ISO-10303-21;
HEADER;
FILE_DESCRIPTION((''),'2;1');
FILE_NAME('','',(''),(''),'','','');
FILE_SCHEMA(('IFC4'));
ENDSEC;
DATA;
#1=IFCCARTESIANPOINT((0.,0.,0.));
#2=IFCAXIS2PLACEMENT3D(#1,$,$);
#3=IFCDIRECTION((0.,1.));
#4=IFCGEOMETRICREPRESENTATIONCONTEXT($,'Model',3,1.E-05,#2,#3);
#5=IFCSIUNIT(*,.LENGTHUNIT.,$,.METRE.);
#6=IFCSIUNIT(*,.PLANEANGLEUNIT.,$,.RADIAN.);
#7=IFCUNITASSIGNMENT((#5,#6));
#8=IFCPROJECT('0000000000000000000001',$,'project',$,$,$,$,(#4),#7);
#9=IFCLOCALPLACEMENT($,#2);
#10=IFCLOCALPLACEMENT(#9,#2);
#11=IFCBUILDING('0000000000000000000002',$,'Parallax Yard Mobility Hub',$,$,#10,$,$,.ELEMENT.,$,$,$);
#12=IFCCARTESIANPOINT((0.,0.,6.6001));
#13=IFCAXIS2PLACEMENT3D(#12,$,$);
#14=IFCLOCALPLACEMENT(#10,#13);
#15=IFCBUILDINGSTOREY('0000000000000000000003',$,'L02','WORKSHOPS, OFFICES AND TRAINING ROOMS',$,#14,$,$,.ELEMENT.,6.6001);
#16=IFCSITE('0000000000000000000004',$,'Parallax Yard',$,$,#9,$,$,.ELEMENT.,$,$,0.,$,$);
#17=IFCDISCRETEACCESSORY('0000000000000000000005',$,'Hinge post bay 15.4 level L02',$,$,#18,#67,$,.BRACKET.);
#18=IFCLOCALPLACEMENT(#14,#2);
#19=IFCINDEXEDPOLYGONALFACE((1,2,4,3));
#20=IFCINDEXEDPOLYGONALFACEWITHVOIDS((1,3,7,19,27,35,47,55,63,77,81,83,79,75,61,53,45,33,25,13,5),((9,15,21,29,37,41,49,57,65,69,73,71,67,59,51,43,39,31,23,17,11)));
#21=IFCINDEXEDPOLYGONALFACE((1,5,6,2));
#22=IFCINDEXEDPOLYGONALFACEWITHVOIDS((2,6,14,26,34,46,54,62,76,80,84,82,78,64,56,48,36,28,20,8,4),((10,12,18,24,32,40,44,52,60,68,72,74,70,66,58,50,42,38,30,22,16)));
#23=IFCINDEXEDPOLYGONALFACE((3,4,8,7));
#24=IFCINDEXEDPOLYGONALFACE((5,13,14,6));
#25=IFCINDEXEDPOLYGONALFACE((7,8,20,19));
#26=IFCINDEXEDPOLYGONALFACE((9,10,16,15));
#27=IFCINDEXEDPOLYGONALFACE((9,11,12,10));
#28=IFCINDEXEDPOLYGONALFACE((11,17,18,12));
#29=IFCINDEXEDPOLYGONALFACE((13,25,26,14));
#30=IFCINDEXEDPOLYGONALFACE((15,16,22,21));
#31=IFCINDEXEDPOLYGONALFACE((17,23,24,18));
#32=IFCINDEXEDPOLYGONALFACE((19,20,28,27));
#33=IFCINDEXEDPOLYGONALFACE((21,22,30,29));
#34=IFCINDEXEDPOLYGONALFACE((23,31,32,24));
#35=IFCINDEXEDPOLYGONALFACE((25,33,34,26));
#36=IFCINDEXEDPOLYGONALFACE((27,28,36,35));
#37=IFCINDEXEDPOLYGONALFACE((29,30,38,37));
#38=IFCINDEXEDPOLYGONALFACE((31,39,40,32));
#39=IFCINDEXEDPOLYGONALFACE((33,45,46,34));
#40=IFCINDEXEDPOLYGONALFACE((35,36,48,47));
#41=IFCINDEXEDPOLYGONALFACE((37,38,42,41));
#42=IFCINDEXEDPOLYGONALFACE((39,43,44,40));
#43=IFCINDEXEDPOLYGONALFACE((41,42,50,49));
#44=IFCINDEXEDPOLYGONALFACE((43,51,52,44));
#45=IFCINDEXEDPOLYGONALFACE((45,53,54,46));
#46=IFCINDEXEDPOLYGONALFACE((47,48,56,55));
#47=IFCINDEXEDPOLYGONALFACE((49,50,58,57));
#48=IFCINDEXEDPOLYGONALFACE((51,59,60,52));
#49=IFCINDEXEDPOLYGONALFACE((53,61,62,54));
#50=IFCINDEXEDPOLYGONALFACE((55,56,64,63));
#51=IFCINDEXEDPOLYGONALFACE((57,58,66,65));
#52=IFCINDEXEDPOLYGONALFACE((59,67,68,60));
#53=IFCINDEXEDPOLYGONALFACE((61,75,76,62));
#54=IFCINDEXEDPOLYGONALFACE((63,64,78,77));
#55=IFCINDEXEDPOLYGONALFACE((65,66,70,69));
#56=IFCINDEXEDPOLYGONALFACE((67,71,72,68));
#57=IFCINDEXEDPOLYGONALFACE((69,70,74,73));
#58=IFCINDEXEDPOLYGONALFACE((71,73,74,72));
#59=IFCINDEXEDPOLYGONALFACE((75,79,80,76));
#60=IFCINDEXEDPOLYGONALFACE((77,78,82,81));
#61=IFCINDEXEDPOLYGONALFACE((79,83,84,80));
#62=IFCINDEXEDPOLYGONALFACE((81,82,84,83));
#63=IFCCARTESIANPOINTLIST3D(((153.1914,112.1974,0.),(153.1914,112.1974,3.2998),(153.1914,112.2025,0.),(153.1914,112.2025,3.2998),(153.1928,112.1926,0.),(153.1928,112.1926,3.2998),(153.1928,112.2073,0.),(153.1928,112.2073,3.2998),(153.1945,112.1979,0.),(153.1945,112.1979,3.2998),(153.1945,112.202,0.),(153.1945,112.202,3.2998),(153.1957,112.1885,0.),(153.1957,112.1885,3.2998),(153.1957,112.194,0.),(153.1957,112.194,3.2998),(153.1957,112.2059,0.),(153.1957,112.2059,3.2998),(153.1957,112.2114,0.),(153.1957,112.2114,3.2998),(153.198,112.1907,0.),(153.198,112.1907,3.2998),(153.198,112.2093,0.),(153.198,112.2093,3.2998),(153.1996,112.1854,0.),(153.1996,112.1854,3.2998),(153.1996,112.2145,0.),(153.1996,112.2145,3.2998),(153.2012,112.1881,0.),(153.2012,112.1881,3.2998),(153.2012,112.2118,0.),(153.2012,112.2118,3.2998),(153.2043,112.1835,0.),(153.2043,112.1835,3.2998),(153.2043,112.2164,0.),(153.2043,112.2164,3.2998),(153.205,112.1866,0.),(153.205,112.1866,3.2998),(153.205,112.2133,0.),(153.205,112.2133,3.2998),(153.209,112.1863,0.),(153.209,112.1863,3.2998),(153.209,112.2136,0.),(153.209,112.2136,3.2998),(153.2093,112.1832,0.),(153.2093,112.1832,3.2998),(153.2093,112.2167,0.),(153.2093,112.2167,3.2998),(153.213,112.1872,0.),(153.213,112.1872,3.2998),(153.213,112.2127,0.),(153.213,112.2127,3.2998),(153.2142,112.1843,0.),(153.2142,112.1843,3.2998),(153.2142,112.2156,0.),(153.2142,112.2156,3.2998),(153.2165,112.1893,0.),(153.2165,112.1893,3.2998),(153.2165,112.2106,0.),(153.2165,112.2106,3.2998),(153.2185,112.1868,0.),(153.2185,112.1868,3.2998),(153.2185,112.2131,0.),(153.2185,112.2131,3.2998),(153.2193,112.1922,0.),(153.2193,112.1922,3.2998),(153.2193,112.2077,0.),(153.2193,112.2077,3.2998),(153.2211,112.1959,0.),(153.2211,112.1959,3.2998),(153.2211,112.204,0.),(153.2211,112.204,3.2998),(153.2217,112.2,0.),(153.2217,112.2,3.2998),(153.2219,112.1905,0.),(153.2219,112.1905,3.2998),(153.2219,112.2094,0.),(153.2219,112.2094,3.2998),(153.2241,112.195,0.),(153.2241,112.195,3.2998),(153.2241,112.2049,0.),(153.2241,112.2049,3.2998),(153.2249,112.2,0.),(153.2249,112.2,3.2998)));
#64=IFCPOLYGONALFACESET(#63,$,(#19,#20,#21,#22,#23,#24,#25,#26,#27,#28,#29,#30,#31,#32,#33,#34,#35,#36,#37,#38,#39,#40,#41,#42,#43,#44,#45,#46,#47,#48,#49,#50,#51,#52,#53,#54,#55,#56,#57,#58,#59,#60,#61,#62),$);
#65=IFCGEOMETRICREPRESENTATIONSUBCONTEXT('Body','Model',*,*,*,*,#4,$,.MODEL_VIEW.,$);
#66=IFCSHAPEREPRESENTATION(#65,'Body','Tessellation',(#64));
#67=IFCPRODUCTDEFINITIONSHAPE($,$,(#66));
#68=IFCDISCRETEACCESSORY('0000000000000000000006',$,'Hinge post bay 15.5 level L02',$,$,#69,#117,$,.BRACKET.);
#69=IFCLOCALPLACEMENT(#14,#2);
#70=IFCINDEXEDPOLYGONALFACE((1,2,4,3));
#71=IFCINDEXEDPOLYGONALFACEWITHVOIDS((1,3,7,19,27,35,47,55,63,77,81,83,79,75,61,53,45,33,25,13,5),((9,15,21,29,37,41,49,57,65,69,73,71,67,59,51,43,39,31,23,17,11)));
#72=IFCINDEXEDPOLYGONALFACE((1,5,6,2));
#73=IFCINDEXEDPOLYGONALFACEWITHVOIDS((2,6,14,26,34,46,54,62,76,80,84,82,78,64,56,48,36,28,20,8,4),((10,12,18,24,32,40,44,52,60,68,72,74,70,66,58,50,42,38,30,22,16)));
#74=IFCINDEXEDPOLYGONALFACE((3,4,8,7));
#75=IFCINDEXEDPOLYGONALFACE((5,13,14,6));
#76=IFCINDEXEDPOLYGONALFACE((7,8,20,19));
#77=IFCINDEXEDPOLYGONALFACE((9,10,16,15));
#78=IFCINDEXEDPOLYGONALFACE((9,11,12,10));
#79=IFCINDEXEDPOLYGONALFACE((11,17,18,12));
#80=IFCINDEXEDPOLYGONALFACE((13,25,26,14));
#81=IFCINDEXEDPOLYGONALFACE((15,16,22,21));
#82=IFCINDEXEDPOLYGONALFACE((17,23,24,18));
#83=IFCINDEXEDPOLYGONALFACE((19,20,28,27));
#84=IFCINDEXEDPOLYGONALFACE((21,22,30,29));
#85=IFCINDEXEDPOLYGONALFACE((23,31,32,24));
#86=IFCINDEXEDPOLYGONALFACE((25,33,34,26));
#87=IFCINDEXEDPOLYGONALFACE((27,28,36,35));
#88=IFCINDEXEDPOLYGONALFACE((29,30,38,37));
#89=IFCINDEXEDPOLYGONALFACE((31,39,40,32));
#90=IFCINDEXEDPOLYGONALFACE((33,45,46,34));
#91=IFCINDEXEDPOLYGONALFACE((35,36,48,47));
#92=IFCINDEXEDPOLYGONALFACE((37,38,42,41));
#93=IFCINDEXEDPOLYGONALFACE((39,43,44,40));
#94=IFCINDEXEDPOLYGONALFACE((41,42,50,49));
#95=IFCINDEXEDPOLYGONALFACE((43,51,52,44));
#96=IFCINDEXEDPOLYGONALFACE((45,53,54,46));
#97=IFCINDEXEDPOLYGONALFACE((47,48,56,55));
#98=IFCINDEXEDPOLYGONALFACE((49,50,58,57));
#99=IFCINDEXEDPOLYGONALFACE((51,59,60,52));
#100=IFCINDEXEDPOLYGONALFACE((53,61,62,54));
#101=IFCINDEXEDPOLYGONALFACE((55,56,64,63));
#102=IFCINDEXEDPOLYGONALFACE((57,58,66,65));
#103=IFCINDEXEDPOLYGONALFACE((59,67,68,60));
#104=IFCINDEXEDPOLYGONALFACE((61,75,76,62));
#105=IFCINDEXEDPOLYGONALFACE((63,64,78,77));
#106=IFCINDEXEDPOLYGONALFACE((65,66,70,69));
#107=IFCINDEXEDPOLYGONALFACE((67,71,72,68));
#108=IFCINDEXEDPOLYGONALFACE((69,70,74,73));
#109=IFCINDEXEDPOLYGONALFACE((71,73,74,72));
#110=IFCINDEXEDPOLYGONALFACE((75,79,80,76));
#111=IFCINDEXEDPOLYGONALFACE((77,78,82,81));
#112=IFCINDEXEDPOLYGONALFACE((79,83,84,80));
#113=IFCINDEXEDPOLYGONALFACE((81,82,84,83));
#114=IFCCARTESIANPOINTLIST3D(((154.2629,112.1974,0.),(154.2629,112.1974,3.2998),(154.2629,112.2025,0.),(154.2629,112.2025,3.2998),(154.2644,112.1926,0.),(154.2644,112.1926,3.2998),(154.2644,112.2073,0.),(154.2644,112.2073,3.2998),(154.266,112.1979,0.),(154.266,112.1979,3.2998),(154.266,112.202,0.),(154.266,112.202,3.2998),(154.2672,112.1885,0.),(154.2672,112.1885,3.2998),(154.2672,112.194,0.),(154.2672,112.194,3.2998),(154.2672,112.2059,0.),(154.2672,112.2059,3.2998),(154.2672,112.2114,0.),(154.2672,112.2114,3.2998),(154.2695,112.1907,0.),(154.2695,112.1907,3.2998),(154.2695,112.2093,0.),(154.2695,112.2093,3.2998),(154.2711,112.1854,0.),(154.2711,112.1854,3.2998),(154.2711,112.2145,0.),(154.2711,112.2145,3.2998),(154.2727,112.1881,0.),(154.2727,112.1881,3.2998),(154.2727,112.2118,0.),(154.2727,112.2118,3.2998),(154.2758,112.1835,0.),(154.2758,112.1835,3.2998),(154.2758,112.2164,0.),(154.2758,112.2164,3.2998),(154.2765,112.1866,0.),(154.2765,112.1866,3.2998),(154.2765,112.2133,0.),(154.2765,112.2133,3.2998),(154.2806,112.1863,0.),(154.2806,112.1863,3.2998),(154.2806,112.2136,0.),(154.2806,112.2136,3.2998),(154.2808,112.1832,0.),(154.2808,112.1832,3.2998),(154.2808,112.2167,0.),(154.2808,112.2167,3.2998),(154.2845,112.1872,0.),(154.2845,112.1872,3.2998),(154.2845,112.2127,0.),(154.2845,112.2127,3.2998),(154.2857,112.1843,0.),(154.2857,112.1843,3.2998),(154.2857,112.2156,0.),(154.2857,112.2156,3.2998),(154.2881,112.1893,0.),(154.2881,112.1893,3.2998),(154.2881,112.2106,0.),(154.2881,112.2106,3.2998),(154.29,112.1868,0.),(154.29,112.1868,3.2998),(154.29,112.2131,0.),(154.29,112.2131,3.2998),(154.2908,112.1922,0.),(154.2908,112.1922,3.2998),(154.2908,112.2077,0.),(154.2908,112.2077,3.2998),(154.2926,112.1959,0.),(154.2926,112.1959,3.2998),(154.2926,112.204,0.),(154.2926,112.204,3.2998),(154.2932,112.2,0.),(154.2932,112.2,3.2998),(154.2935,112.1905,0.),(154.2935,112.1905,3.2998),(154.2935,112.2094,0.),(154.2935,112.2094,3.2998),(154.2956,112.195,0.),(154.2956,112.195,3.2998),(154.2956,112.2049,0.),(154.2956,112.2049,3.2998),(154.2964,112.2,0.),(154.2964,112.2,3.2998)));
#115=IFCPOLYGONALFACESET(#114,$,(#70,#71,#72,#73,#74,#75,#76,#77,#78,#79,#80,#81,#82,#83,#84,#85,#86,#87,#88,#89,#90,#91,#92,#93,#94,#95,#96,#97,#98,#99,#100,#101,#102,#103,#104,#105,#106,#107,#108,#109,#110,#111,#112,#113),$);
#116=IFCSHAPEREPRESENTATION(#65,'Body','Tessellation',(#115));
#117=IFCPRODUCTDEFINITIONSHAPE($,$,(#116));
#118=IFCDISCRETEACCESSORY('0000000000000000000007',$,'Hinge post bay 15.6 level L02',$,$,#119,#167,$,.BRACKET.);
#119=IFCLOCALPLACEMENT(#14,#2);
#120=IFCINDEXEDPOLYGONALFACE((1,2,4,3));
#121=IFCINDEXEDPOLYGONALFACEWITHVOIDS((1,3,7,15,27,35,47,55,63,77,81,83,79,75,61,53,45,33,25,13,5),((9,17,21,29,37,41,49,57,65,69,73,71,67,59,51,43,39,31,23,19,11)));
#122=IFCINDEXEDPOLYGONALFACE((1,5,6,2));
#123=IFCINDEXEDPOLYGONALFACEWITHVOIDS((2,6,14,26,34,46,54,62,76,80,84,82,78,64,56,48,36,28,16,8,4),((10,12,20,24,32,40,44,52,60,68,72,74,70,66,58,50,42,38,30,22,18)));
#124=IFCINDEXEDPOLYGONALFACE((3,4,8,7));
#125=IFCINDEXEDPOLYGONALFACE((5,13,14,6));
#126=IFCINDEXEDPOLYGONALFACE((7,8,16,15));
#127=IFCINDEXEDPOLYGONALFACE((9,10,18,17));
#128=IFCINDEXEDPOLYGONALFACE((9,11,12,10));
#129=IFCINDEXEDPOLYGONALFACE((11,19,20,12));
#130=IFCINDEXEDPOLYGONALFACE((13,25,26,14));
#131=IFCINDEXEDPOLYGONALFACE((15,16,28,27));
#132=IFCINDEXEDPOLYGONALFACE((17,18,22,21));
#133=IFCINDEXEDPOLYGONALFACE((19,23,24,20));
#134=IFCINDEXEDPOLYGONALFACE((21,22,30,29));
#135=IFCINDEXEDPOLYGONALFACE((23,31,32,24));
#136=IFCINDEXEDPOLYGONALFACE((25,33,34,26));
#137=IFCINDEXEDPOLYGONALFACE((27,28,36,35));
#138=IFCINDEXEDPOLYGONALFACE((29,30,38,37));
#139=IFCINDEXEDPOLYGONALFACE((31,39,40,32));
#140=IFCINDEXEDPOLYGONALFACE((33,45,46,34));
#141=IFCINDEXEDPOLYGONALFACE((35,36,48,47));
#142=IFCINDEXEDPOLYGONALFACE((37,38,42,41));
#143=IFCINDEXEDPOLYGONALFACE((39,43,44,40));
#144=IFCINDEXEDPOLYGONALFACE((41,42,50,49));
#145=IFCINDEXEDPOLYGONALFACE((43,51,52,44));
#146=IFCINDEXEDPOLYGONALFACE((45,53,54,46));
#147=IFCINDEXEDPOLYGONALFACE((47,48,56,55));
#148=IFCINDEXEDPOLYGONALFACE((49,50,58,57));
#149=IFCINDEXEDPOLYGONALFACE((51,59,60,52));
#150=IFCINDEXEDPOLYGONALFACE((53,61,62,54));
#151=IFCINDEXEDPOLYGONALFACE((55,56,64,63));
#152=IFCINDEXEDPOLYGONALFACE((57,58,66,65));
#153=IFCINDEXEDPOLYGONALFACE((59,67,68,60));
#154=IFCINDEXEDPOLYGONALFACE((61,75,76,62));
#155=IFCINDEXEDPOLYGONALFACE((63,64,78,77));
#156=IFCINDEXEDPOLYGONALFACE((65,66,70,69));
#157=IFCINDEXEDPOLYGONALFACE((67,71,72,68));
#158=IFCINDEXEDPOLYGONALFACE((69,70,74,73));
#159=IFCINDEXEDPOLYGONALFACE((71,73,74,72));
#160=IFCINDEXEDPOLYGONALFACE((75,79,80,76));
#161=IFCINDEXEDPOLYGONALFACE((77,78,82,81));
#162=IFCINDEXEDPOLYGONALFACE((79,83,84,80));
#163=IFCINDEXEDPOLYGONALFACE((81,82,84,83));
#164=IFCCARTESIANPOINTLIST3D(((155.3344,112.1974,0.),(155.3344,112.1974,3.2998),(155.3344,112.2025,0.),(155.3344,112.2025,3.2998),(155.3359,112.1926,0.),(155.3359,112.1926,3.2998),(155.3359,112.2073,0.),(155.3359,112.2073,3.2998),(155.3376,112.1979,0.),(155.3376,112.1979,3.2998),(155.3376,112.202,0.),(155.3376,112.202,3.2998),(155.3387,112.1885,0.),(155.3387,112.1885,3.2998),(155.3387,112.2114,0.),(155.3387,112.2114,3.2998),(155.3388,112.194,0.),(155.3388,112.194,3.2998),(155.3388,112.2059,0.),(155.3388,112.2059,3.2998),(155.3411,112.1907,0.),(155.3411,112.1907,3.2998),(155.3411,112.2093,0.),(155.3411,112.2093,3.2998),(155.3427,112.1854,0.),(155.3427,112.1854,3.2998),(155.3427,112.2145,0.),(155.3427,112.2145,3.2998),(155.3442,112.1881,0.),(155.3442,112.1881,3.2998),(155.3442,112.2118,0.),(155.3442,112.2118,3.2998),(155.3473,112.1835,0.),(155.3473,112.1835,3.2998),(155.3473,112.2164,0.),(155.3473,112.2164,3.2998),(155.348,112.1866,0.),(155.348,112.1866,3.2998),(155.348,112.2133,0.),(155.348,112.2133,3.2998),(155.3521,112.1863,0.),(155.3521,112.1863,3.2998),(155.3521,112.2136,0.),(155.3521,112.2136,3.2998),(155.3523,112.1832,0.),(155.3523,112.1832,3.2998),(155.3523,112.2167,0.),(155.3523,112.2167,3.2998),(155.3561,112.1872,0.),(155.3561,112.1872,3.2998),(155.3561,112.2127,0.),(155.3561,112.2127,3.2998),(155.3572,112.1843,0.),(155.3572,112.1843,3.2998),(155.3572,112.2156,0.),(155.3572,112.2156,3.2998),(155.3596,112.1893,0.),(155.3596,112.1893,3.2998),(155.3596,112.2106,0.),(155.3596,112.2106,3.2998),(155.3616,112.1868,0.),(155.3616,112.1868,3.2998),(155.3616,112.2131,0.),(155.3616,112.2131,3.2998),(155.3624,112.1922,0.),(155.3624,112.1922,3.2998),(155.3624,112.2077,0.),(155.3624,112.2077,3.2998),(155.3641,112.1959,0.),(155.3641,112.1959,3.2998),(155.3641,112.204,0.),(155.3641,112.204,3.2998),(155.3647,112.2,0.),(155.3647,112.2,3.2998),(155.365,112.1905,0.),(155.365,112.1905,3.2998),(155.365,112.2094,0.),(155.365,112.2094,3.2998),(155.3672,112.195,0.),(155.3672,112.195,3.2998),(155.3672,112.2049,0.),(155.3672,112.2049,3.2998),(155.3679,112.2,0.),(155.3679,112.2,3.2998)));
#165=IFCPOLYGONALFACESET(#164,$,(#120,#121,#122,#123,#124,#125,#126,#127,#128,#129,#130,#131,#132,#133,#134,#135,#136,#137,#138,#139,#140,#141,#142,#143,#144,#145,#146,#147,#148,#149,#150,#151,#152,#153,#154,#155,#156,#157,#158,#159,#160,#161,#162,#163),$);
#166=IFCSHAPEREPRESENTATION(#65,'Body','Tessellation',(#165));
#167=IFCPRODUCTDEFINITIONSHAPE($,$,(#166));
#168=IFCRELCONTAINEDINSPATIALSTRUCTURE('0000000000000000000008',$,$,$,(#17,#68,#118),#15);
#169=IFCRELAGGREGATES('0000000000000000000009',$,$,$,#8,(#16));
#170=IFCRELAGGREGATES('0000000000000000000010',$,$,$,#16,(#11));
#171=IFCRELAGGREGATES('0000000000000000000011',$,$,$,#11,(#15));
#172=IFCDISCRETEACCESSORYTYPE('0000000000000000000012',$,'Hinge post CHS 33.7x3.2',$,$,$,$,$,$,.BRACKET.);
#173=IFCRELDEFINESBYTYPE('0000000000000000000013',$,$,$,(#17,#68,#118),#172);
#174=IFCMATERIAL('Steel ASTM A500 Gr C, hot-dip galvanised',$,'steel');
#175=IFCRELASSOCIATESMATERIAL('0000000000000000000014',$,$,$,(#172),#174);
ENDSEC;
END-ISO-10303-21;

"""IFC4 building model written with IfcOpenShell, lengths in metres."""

from ifc_helpers import new_model, si_unit, direction, frame, origin, origin_2d, place, context, subcontext, project, spatial, hollow_circle, extrude, material, material_profile, profile_set, type_object, element, save


model = new_model("IFC4")

# Units and contexts
model_context = context("Model", 3, precision=1e-05, world=origin(), true_north=direction((0.0, 1.0)))
body_context = subcontext(model_context, "Body", "Model", "MODEL_VIEW")
ifc_project = project(units=[si_unit("LENGTHUNIT", "METRE"), si_unit("PLANEANGLEUNIT", "RADIAN")], contexts=[model_context])

# Site, building, storey
site_placement = place(None, origin())
site = spatial("IfcSite", under=ifc_project, at=site_placement, Name="Parallax Yard", CompositionType="ELEMENT", RefElevation=0.0)
building_placement = place(site_placement, origin())
building = spatial("IfcBuilding", under=site, at=building_placement, Name="Parallax Yard Mobility Hub", CompositionType="ELEMENT")
storey_placement = place(building_placement, frame((0.0, 0.0, 6.6001)))
storey = spatial("IfcBuildingStorey", under=building, at=storey_placement, Name="L02", Description="WORKSHOPS, OFFICES AND TRAINING ROOMS", CompositionType="ELEMENT", Elevation=6.6001)

# Discrete accessories
ifc_material_1 = material(Name="Steel ASTM A500 Gr C, hot-dip galvanised", Category="steel")
ifc_material_profile_1 = material_profile(ifc_material_1, hollow_circle(Radius=0.0168, WallThickness=0.0032, at=origin_2d()), Name="CHS 33.7x3.2")
ifc_profile_set_1 = profile_set([ifc_material_profile_1], Name="Steel ASTM A500 Gr C, hot-dip galvanised")
discrete_accessory_type_1 = type_object("IfcDiscreteAccessoryType", Name="Hinge post CHS 33.7x3.2", PredefinedType="BRACKET", material=ifc_profile_set_1)
for number, where, z_axis, x_axis, name in (
    (1, (153.208, 112.2, 0.0), (0.0, 0.0, 1.0), (1.0, 0.0, 0.0), "Hinge post bay 15.4 level L02"),
    (2, (154.2795, 112.2, 0.0), (0.0, 0.0, 1.0), (1.0, 0.0, 0.0), "Hinge post bay 15.5 level L02"),
    (3, (155.3511, 112.2, 0.0), (0.0, 0.0, 1.0), (1.0, 0.0, 0.0), "Hinge post bay 15.6 level L02"),
):
    element("IfcDiscreteAccessory", number, at=place(storey_placement, frame(where, z_axis=z_axis, x_axis=x_axis)), inside=storey, type_object=discrete_accessory_type_1, Name=name, PredefinedType="BRACKET", context=body_context, shape_type="SweptSolid", body=[
        extrude(hollow_circle(Radius=0.0168, WallThickness=0.0032, at=origin_2d()), origin(), (0.0, 0.0, 1.0), 3.2998),
    ])

save(model, "model.ifc")
